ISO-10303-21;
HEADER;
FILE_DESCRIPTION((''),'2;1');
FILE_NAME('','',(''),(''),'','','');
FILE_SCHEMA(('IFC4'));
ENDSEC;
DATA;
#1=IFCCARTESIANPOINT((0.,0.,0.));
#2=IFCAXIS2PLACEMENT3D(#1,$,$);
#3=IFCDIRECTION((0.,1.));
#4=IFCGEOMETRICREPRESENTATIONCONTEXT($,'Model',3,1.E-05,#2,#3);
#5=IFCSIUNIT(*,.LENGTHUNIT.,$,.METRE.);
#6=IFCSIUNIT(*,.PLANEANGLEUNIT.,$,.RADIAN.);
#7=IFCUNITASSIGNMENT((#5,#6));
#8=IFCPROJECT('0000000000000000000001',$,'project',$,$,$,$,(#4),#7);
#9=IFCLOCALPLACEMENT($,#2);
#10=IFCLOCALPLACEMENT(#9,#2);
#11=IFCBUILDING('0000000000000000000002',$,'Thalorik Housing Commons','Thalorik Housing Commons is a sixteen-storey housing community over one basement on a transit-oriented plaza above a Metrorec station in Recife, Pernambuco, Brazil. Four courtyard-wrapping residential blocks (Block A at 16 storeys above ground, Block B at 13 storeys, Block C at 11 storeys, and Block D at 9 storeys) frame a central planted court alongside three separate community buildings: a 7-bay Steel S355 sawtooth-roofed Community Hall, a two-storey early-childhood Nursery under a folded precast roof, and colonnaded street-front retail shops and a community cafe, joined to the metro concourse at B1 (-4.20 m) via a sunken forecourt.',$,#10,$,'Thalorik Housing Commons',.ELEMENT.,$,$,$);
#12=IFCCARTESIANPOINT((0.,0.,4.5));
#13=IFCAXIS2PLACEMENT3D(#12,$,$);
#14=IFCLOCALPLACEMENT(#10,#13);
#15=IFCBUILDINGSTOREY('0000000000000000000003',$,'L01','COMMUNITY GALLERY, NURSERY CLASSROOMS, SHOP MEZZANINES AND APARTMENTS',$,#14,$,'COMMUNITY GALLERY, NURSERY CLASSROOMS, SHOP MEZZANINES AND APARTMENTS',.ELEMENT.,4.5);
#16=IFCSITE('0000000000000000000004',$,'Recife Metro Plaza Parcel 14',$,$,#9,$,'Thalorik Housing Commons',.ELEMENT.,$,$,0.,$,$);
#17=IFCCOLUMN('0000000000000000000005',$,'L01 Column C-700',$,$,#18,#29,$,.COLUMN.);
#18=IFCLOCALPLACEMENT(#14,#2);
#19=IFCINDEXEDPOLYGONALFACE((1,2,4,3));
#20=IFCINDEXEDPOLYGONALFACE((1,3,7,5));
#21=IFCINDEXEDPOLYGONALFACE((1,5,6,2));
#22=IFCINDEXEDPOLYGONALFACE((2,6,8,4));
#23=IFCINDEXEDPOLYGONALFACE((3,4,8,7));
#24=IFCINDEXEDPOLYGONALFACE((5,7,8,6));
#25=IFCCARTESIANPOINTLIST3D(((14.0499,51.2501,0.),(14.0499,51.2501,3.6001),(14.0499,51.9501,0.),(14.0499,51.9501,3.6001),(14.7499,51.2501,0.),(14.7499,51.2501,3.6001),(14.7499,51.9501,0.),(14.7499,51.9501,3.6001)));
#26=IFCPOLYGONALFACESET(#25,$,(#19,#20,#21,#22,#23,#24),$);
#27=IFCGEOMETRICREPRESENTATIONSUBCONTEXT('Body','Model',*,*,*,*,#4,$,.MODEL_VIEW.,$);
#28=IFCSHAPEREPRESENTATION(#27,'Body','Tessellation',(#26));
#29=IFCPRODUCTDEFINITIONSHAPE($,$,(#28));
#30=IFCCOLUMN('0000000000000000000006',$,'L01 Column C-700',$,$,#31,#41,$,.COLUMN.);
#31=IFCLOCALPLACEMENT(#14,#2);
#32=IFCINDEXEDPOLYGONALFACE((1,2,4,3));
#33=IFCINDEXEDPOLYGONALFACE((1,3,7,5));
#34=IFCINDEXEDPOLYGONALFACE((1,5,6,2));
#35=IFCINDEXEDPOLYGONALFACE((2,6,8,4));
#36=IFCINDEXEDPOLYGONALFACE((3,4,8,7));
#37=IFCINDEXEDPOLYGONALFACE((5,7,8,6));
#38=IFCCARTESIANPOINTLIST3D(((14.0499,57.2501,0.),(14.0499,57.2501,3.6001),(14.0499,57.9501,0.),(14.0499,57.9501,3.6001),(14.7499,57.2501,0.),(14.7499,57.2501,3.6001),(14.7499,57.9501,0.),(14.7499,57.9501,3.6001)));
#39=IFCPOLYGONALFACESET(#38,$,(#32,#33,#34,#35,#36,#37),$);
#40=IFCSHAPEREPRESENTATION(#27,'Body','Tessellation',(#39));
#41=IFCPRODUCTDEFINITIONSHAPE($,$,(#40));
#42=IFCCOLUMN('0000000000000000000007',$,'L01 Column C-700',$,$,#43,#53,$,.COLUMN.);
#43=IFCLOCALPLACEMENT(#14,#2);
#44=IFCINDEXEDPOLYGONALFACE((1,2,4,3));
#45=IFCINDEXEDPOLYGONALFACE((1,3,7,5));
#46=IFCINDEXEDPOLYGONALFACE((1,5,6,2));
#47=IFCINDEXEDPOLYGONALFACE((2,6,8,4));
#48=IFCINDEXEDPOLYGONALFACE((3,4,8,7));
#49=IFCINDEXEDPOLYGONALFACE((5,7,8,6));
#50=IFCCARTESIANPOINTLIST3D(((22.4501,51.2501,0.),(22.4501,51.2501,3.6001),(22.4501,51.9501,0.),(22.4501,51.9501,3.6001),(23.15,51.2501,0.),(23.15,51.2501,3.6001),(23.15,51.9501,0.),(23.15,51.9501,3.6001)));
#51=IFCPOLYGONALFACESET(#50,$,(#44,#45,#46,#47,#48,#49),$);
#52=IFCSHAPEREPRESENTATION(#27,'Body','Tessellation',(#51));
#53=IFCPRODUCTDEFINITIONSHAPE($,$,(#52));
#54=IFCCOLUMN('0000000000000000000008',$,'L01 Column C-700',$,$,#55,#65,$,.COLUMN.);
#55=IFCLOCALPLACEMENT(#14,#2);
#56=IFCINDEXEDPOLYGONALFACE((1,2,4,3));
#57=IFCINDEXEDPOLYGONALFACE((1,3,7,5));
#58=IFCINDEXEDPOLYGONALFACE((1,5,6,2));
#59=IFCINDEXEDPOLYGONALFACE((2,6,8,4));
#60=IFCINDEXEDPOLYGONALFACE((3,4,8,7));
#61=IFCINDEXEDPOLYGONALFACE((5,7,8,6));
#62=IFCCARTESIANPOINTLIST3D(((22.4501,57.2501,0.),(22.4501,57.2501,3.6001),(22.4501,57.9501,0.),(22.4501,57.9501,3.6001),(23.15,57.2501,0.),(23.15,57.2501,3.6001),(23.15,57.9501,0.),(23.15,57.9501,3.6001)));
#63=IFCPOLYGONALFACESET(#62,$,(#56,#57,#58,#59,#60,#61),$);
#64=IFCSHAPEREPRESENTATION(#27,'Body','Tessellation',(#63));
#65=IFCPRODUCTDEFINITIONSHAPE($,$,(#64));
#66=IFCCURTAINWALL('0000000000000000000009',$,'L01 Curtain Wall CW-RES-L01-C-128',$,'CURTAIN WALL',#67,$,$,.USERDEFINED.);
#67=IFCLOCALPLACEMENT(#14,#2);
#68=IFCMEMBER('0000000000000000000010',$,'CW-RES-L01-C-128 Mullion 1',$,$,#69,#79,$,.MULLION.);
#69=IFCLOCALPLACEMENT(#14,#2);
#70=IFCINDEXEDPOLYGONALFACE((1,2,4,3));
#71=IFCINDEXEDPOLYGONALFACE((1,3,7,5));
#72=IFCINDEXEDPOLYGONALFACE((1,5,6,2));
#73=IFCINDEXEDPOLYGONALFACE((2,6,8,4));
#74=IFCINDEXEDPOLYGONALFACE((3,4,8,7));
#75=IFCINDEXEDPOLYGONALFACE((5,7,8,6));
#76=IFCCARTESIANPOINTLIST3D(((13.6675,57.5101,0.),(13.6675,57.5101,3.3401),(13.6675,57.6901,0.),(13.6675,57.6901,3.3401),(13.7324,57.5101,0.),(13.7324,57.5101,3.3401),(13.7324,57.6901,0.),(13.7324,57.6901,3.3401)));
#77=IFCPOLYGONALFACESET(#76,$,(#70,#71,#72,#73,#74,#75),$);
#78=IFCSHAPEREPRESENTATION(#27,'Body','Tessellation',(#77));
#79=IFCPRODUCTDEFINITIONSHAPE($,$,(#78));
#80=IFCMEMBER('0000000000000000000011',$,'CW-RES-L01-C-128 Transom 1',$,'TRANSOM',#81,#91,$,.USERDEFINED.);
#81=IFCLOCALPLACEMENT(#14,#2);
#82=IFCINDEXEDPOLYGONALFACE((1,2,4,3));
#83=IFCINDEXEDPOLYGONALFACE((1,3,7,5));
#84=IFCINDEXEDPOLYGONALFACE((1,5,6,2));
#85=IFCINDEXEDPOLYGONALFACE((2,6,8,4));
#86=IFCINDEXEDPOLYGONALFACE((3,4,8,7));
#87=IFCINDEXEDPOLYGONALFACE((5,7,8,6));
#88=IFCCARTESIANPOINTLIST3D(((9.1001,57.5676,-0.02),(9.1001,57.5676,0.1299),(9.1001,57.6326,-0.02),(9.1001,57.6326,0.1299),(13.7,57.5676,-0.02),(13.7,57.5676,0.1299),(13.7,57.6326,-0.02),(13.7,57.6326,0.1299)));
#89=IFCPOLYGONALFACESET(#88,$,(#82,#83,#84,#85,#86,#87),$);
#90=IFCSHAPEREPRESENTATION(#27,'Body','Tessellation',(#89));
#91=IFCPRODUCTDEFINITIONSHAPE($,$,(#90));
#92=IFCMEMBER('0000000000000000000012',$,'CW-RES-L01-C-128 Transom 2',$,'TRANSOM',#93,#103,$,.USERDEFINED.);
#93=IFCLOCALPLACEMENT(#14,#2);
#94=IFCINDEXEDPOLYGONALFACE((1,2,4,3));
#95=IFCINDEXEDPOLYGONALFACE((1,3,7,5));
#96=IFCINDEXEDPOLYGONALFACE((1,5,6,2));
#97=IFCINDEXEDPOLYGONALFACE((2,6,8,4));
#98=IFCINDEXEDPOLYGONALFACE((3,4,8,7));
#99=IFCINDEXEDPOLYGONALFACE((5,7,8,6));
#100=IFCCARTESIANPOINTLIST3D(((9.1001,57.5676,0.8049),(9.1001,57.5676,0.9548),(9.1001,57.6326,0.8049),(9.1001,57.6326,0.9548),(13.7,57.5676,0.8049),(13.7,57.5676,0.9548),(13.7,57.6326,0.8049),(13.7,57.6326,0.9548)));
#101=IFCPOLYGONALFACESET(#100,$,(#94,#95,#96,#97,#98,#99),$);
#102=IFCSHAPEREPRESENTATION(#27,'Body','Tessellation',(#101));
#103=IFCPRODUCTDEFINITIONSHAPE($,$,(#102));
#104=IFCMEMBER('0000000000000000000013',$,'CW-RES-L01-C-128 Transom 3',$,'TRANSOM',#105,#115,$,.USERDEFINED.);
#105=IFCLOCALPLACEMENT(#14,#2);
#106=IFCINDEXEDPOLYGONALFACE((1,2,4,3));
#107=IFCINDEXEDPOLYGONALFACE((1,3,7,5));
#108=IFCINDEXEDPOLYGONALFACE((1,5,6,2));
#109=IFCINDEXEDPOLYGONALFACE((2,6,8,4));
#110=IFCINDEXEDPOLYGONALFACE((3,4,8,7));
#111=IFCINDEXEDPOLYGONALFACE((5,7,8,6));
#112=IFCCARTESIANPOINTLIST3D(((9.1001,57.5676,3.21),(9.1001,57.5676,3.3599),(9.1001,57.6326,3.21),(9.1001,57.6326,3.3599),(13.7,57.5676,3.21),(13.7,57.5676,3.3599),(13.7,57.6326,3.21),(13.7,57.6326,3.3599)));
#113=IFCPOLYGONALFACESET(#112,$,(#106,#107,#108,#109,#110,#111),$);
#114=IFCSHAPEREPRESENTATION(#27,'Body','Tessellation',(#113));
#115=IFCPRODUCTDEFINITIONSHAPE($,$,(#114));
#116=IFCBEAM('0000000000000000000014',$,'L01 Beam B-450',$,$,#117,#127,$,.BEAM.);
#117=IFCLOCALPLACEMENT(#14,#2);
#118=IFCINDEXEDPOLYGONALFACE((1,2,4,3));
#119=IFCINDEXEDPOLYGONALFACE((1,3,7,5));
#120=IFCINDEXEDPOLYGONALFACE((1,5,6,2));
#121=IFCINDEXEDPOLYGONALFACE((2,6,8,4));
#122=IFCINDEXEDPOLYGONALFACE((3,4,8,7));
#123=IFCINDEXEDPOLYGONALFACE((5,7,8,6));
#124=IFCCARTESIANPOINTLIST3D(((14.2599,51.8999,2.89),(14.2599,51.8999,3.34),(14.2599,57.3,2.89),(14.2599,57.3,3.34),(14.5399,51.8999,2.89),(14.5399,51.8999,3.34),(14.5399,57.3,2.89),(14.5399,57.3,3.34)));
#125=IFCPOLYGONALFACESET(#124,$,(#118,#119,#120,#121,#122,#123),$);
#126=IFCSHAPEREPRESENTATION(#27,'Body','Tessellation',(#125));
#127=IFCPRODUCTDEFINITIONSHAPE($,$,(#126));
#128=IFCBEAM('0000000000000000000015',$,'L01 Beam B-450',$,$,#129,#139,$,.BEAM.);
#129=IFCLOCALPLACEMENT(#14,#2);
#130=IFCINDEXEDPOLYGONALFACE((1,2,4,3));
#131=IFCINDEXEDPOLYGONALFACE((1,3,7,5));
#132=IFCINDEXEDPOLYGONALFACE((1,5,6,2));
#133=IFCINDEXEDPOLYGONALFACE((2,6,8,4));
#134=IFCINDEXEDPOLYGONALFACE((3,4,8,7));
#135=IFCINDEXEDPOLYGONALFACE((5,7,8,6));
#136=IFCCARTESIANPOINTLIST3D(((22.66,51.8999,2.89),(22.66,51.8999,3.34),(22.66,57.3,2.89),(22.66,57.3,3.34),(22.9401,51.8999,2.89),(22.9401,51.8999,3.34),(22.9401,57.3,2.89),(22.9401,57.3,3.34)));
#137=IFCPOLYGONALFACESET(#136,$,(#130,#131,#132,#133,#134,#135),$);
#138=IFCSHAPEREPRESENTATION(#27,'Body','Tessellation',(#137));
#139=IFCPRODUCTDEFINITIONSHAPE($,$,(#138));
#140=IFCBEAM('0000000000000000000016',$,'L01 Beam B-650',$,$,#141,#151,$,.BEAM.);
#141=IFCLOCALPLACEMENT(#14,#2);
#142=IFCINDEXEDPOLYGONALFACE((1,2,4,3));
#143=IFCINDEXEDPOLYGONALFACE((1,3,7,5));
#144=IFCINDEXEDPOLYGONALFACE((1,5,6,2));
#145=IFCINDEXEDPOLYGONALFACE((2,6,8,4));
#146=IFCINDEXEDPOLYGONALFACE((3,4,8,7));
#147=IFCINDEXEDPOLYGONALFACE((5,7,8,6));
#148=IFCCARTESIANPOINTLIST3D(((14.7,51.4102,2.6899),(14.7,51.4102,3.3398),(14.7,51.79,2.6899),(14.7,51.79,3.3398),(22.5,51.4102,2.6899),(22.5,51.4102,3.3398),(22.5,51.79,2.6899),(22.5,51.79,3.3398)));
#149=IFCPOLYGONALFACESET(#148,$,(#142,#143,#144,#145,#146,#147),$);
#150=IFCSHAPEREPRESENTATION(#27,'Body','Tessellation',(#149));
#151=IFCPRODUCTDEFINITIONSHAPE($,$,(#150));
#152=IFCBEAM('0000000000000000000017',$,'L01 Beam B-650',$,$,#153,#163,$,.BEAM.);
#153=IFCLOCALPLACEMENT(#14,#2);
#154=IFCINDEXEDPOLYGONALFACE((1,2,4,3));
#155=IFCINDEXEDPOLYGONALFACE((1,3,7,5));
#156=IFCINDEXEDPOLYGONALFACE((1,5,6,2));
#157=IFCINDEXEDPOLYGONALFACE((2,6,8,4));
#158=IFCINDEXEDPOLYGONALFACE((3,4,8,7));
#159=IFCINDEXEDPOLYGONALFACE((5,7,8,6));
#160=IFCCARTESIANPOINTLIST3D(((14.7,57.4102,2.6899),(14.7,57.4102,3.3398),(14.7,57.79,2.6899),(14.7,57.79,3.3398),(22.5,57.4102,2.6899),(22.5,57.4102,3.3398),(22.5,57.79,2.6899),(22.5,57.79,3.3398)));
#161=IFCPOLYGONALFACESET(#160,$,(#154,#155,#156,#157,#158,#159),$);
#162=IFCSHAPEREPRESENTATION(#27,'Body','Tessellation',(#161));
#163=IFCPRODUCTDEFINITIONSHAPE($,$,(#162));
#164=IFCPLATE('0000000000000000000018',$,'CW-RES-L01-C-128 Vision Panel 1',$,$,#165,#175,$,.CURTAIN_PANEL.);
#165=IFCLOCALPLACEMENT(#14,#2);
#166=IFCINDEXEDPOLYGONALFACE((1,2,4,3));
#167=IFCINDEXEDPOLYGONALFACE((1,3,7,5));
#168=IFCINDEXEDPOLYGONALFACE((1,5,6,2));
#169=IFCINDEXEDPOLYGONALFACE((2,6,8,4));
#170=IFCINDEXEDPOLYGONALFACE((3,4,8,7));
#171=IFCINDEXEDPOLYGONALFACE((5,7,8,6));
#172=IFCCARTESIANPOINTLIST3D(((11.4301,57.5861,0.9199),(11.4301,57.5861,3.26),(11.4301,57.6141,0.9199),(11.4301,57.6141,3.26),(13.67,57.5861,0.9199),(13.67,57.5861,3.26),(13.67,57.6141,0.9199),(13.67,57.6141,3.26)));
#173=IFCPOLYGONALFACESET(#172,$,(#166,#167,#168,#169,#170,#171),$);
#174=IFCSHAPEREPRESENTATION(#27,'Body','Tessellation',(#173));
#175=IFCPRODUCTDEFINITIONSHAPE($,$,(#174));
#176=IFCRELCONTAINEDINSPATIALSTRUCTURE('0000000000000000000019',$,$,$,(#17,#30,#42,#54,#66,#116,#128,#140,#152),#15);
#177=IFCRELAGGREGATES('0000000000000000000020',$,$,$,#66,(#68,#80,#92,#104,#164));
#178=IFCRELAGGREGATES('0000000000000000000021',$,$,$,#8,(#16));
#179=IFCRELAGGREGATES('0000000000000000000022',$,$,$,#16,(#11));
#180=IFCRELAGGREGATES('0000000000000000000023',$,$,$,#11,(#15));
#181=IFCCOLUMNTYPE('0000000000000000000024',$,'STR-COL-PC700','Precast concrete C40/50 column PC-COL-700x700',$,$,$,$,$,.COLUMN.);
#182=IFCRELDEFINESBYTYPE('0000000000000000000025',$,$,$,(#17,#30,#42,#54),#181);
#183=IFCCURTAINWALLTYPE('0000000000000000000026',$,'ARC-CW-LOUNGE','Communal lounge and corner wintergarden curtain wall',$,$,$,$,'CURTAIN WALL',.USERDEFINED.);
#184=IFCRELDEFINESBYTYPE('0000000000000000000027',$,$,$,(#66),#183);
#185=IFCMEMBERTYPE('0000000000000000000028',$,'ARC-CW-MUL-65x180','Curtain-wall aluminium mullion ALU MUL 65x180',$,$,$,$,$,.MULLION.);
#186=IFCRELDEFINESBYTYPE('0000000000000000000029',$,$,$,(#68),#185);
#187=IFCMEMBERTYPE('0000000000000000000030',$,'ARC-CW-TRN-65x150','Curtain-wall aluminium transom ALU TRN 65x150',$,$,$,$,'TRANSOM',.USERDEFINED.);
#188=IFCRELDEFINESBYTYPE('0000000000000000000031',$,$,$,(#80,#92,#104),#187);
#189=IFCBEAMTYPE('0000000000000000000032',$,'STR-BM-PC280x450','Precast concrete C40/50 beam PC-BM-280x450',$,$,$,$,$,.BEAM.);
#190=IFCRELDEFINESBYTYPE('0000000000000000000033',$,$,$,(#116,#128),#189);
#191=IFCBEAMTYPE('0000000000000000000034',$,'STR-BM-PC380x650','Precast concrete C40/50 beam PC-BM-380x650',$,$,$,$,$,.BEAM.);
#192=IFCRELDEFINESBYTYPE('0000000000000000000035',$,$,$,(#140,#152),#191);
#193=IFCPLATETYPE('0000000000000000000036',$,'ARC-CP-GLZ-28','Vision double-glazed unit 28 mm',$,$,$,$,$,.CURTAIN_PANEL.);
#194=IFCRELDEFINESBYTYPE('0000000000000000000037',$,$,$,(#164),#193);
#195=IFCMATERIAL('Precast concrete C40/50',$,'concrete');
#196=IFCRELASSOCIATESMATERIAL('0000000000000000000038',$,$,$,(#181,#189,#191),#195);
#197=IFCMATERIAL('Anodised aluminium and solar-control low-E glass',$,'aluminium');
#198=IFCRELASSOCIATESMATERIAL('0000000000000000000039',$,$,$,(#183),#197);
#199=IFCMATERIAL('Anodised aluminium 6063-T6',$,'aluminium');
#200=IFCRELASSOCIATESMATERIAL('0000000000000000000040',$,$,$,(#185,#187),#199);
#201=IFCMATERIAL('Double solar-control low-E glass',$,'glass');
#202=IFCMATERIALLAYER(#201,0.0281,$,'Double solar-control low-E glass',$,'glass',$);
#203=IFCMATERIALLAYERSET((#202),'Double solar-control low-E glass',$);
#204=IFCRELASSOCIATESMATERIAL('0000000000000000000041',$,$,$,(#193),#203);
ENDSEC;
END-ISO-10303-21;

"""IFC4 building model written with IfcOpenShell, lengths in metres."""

from ifc_helpers import new_model, si_unit, direction, frame, origin, origin_2d, place, context, subcontext, project, spatial, rectangle, extrude, material, layer, layer_set, material_profile, profile_set, type_object, element, aggregate, save


model = new_model("IFC4")

# Units and contexts
model_context = context("Model", 3, precision=1e-05, world=origin(), true_north=direction((0.0, 1.0)))
body_context = subcontext(model_context, "Body", "Model", "MODEL_VIEW")
ifc_project = project(units=[si_unit("LENGTHUNIT", "METRE"), si_unit("PLANEANGLEUNIT", "RADIAN")], contexts=[model_context])

# Site, building, storey
site_placement = place(None, origin())
site = spatial("IfcSite", under=ifc_project, at=site_placement, Name="Recife Metro Plaza Parcel 14", LongName="Thalorik Housing Commons", CompositionType="ELEMENT", RefElevation=0.0)
building_placement = place(site_placement, origin())
building = spatial("IfcBuilding", under=site, at=building_placement, Name="Thalorik Housing Commons", Description="Thalorik Housing Commons is a sixteen-storey housing community over one basement on a transit-oriented plaza above a Metrorec station in Recife, Pernambuco, Brazil. Four courtyard-wrapping residential blocks (Block A at 16 storeys above ground, Block B at 13 storeys, Block C at 11 storeys, and Block D at 9 storeys) frame a central planted court alongside three separate community buildings: a 7-bay Steel S355 sawtooth-roofed Community Hall, a two-storey early-childhood Nursery under a folded precast roof, and colonnaded street-front retail shops and a community cafe, joined to the metro concourse at B1 (-4.20 m) via a sunken forecourt.", LongName="Thalorik Housing Commons", CompositionType="ELEMENT")
storey_placement = place(building_placement, frame((0.0, 0.0, 4.5)))
storey = spatial("IfcBuildingStorey", under=building, at=storey_placement, Name="L01", Description="COMMUNITY GALLERY, NURSERY CLASSROOMS, SHOP MEZZANINES AND APARTMENTS", LongName="COMMUNITY GALLERY, NURSERY CLASSROOMS, SHOP MEZZANINES AND APARTMENTS", CompositionType="ELEMENT", Elevation=4.5)

# Columns
ifc_material_1 = material(Name="Precast concrete C40/50", Category="concrete")
ifc_material_profile_1 = material_profile(ifc_material_1, rectangle(XDim=0.7, YDim=0.7, at=origin_2d()), Name="PC 700x700", Category="concrete")
ifc_profile_set_1 = profile_set([ifc_material_profile_1], Name="Precast concrete C40/50")
column_type = type_object("IfcColumnType", Name="STR-COL-PC700", Description="Precast concrete C40/50 column PC-COL-700x700", PredefinedType="COLUMN", material=ifc_profile_set_1)
for number, where, z_axis, x_axis, name in (
    (1, (14.3999, 51.6001, 0.0), (0.0, 0.0, 1.0), (1.0, 0.0, 0.0), "L01 Column C-700"),
    (2, (14.3999, 57.6001, 0.0), (0.0, 0.0, 1.0), (1.0, 0.0, 0.0), "L01 Column C-700"),
    (3, (22.8, 51.6001, 0.0), (0.0, 0.0, 1.0), (1.0, 0.0, 0.0), "L01 Column C-700"),
    (4, (22.8, 57.6001, 0.0), (0.0, 0.0, 1.0), (1.0, 0.0, 0.0), "L01 Column C-700"),
):
    element("IfcColumn", number, at=place(storey_placement, frame(where, z_axis=z_axis, x_axis=x_axis)), inside=storey, type_object=column_type, Name=name, PredefinedType="COLUMN", context=body_context, shape_type="SweptSolid", body=[
        extrude(rectangle(XDim=0.7, YDim=0.7, at=origin_2d()), origin(), (0.0, 0.0, 1.0), 3.6001),
    ])

# Curtain wall, members
ifc_material_2 = material(Name="Anodised aluminium and solar-control low-E glass", Category="aluminium")
curtain_wall_type = type_object("IfcCurtainWallType", Name="ARC-CW-LOUNGE", Description="Communal lounge and corner wintergarden curtain wall", ElementType="CURTAIN WALL", PredefinedType="USERDEFINED", material=ifc_material_2)
curtain_wall_placement = place(storey_placement, origin())
curtain_wall = element("IfcCurtainWall", 5, at=curtain_wall_placement, inside=storey, type_object=curtain_wall_type, Name="L01 Curtain Wall CW-RES-L01-C-128", ObjectType="CURTAIN WALL", PredefinedType="USERDEFINED")
ifc_material_3 = material(Name="Anodised aluminium 6063-T6", Category="aluminium")
ifc_material_profile_2 = material_profile(ifc_material_3, rectangle(XDim=0.0649, YDim=0.1799, at=origin_2d()), Name="ALU MUL 65x180", Category="aluminium")
ifc_profile_set_2 = profile_set([ifc_material_profile_2], Name="Anodised aluminium 6063-T6")
member_type_1 = type_object("IfcMemberType", Name="ARC-CW-MUL-65x180", Description="Curtain-wall aluminium mullion ALU MUL 65x180", PredefinedType="MULLION", material=ifc_profile_set_2)
member_1_placement = place(storey_placement, frame((13.7, 57.6001, 0.0), z_axis=(0.0, 0.0, 1.0), x_axis=(-1.0, 0.0, 0.0)))
member_1 = element("IfcMember", 6, at=member_1_placement, type_object=member_type_1, Name="CW-RES-L01-C-128 Mullion 1", PredefinedType="MULLION", context=body_context, shape_type="SweptSolid", body=[
    extrude(rectangle(XDim=0.0649, YDim=0.1799, at=origin_2d()), origin(), (0.0, 0.0, 1.0), 3.3401),
])
ifc_material_profile_3 = material_profile(ifc_material_3, rectangle(XDim=0.0649, YDim=0.1499, at=origin_2d()), Name="ALU TRN 65x150", Category="aluminium")
ifc_profile_set_3 = profile_set([ifc_material_profile_3], Name="Anodised aluminium 6063-T6")
member_type_2 = type_object("IfcMemberType", Name="ARC-CW-TRN-65x150", Description="Curtain-wall aluminium transom ALU TRN 65x150", ElementType="TRANSOM", PredefinedType="USERDEFINED", material=ifc_profile_set_3)
member_2_placement = place(storey_placement, frame((13.7, 57.6001, 0.0549), z_axis=(-1.0, 0.0, 0.0), x_axis=(0.0, -1.0, 0.0)))
member_2 = element("IfcMember", 7, at=member_2_placement, type_object=member_type_2, Name="CW-RES-L01-C-128 Transom 1", ObjectType="TRANSOM", PredefinedType="USERDEFINED", context=body_context, shape_type="SweptSolid", body=[
    extrude(rectangle(XDim=0.0649, YDim=0.1499, at=origin_2d()), origin(), (0.0, 0.0, 1.0), 4.5999),
])
member_3_placement = place(storey_placement, frame((13.7, 57.6001, 0.8799), z_axis=(-1.0, 0.0, 0.0), x_axis=(0.0, -1.0, 0.0)))
member_3 = element("IfcMember", 8, at=member_3_placement, type_object=member_type_2, Name="CW-RES-L01-C-128 Transom 2", ObjectType="TRANSOM", PredefinedType="USERDEFINED", context=body_context, shape_type="SweptSolid", body=[
    extrude(rectangle(XDim=0.0649, YDim=0.1499, at=origin_2d()), origin(), (0.0, 0.0, 1.0), 4.5999),
])
member_4_placement = place(storey_placement, frame((13.7, 57.6001, 3.2849), z_axis=(-1.0, 0.0, 0.0), x_axis=(0.0, -1.0, 0.0)))
member_4 = element("IfcMember", 9, at=member_4_placement, type_object=member_type_2, Name="CW-RES-L01-C-128 Transom 3", ObjectType="TRANSOM", PredefinedType="USERDEFINED", context=body_context, shape_type="SweptSolid", body=[
    extrude(rectangle(XDim=0.0649, YDim=0.1499, at=origin_2d()), origin(), (0.0, 0.0, 1.0), 4.5999),
])

# Beams
ifc_material_profile_4 = material_profile(ifc_material_1, rectangle(XDim=0.28, YDim=0.45, at=origin_2d()), Name="PC 280x450", Category="concrete")
ifc_profile_set_4 = profile_set([ifc_material_profile_4], Name="Precast concrete C40/50")
beam_type_1 = type_object("IfcBeamType", Name="STR-BM-PC280x450", Description="Precast concrete C40/50 beam PC-BM-280x450", PredefinedType="BEAM", material=ifc_profile_set_4)
for number, where, z_axis, x_axis, name in (
    (10, (14.3999, 51.8999, 3.115), (0.0, 1.0, 0.0), (-1.0, 0.0, 0.0), "L01 Beam B-450"),
    (11, (22.8, 51.8999, 3.115), (0.0, 1.0, 0.0), (-1.0, 0.0, 0.0), "L01 Beam B-450"),
):
    element("IfcBeam", number, at=place(storey_placement, frame(where, z_axis=z_axis, x_axis=x_axis)), inside=storey, type_object=beam_type_1, Name=name, PredefinedType="BEAM", context=body_context, shape_type="SweptSolid", body=[
        extrude(rectangle(XDim=0.28, YDim=0.45, at=origin_2d()), origin(), (0.0, 0.0, 1.0), 5.4001),
    ])
ifc_material_profile_5 = material_profile(ifc_material_1, rectangle(XDim=0.3799, YDim=0.6499, at=origin_2d()), Name="PC 380x650", Category="concrete")
ifc_profile_set_5 = profile_set([ifc_material_profile_5], Name="Precast concrete C40/50")
beam_type_2 = type_object("IfcBeamType", Name="STR-BM-PC380x650", Description="Precast concrete C40/50 beam PC-BM-380x650", PredefinedType="BEAM", material=ifc_profile_set_5)
for number, where, z_axis, x_axis, name in (
    (12, (14.7, 51.6001, 3.0149), (1.0, 0.0, 0.0), (0.0, 1.0, 0.0), "L01 Beam B-650"),
    (13, (14.7, 57.6001, 3.0149), (1.0, 0.0, 0.0), (0.0, 1.0, 0.0), "L01 Beam B-650"),
):
    element("IfcBeam", number, at=place(storey_placement, frame(where, z_axis=z_axis, x_axis=x_axis)), inside=storey, type_object=beam_type_2, Name=name, PredefinedType="BEAM", context=body_context, shape_type="SweptSolid", body=[
        extrude(rectangle(XDim=0.3799, YDim=0.6499, at=origin_2d()), origin(), (0.0, 0.0, 1.0), 7.8),
    ])

# Plate
ifc_material_4 = material(Name="Double solar-control low-E glass", Category="glass")
ifc_layer_1 = layer(ifc_material_4, 0.0281, Name="Double solar-control low-E glass", Category="glass")
ifc_layer_set_1 = layer_set([ifc_layer_1], Name="Double solar-control low-E glass")
plate_type = type_object("IfcPlateType", Name="ARC-CP-GLZ-28", Description="Vision double-glazed unit 28 mm", PredefinedType="CURTAIN_PANEL", material=ifc_layer_set_1)
plate_placement = place(storey_placement, frame((12.55, 57.6001, 0.9199), z_axis=(0.0, 0.0, 1.0), x_axis=(-1.0, 0.0, 0.0)))
plate = element("IfcPlate", 14, at=plate_placement, type_object=plate_type, Name="CW-RES-L01-C-128 Vision Panel 1", PredefinedType="CURTAIN_PANEL", context=body_context, shape_type="SweptSolid", body=[
    extrude(rectangle(XDim=2.24, YDim=0.0281, at=origin_2d()), origin(), (0.0, 0.0, 1.0), 2.3401),
])
aggregate(curtain_wall, [member_1, member_2, member_3, member_4, plate])

save(model, "model.ifc")
